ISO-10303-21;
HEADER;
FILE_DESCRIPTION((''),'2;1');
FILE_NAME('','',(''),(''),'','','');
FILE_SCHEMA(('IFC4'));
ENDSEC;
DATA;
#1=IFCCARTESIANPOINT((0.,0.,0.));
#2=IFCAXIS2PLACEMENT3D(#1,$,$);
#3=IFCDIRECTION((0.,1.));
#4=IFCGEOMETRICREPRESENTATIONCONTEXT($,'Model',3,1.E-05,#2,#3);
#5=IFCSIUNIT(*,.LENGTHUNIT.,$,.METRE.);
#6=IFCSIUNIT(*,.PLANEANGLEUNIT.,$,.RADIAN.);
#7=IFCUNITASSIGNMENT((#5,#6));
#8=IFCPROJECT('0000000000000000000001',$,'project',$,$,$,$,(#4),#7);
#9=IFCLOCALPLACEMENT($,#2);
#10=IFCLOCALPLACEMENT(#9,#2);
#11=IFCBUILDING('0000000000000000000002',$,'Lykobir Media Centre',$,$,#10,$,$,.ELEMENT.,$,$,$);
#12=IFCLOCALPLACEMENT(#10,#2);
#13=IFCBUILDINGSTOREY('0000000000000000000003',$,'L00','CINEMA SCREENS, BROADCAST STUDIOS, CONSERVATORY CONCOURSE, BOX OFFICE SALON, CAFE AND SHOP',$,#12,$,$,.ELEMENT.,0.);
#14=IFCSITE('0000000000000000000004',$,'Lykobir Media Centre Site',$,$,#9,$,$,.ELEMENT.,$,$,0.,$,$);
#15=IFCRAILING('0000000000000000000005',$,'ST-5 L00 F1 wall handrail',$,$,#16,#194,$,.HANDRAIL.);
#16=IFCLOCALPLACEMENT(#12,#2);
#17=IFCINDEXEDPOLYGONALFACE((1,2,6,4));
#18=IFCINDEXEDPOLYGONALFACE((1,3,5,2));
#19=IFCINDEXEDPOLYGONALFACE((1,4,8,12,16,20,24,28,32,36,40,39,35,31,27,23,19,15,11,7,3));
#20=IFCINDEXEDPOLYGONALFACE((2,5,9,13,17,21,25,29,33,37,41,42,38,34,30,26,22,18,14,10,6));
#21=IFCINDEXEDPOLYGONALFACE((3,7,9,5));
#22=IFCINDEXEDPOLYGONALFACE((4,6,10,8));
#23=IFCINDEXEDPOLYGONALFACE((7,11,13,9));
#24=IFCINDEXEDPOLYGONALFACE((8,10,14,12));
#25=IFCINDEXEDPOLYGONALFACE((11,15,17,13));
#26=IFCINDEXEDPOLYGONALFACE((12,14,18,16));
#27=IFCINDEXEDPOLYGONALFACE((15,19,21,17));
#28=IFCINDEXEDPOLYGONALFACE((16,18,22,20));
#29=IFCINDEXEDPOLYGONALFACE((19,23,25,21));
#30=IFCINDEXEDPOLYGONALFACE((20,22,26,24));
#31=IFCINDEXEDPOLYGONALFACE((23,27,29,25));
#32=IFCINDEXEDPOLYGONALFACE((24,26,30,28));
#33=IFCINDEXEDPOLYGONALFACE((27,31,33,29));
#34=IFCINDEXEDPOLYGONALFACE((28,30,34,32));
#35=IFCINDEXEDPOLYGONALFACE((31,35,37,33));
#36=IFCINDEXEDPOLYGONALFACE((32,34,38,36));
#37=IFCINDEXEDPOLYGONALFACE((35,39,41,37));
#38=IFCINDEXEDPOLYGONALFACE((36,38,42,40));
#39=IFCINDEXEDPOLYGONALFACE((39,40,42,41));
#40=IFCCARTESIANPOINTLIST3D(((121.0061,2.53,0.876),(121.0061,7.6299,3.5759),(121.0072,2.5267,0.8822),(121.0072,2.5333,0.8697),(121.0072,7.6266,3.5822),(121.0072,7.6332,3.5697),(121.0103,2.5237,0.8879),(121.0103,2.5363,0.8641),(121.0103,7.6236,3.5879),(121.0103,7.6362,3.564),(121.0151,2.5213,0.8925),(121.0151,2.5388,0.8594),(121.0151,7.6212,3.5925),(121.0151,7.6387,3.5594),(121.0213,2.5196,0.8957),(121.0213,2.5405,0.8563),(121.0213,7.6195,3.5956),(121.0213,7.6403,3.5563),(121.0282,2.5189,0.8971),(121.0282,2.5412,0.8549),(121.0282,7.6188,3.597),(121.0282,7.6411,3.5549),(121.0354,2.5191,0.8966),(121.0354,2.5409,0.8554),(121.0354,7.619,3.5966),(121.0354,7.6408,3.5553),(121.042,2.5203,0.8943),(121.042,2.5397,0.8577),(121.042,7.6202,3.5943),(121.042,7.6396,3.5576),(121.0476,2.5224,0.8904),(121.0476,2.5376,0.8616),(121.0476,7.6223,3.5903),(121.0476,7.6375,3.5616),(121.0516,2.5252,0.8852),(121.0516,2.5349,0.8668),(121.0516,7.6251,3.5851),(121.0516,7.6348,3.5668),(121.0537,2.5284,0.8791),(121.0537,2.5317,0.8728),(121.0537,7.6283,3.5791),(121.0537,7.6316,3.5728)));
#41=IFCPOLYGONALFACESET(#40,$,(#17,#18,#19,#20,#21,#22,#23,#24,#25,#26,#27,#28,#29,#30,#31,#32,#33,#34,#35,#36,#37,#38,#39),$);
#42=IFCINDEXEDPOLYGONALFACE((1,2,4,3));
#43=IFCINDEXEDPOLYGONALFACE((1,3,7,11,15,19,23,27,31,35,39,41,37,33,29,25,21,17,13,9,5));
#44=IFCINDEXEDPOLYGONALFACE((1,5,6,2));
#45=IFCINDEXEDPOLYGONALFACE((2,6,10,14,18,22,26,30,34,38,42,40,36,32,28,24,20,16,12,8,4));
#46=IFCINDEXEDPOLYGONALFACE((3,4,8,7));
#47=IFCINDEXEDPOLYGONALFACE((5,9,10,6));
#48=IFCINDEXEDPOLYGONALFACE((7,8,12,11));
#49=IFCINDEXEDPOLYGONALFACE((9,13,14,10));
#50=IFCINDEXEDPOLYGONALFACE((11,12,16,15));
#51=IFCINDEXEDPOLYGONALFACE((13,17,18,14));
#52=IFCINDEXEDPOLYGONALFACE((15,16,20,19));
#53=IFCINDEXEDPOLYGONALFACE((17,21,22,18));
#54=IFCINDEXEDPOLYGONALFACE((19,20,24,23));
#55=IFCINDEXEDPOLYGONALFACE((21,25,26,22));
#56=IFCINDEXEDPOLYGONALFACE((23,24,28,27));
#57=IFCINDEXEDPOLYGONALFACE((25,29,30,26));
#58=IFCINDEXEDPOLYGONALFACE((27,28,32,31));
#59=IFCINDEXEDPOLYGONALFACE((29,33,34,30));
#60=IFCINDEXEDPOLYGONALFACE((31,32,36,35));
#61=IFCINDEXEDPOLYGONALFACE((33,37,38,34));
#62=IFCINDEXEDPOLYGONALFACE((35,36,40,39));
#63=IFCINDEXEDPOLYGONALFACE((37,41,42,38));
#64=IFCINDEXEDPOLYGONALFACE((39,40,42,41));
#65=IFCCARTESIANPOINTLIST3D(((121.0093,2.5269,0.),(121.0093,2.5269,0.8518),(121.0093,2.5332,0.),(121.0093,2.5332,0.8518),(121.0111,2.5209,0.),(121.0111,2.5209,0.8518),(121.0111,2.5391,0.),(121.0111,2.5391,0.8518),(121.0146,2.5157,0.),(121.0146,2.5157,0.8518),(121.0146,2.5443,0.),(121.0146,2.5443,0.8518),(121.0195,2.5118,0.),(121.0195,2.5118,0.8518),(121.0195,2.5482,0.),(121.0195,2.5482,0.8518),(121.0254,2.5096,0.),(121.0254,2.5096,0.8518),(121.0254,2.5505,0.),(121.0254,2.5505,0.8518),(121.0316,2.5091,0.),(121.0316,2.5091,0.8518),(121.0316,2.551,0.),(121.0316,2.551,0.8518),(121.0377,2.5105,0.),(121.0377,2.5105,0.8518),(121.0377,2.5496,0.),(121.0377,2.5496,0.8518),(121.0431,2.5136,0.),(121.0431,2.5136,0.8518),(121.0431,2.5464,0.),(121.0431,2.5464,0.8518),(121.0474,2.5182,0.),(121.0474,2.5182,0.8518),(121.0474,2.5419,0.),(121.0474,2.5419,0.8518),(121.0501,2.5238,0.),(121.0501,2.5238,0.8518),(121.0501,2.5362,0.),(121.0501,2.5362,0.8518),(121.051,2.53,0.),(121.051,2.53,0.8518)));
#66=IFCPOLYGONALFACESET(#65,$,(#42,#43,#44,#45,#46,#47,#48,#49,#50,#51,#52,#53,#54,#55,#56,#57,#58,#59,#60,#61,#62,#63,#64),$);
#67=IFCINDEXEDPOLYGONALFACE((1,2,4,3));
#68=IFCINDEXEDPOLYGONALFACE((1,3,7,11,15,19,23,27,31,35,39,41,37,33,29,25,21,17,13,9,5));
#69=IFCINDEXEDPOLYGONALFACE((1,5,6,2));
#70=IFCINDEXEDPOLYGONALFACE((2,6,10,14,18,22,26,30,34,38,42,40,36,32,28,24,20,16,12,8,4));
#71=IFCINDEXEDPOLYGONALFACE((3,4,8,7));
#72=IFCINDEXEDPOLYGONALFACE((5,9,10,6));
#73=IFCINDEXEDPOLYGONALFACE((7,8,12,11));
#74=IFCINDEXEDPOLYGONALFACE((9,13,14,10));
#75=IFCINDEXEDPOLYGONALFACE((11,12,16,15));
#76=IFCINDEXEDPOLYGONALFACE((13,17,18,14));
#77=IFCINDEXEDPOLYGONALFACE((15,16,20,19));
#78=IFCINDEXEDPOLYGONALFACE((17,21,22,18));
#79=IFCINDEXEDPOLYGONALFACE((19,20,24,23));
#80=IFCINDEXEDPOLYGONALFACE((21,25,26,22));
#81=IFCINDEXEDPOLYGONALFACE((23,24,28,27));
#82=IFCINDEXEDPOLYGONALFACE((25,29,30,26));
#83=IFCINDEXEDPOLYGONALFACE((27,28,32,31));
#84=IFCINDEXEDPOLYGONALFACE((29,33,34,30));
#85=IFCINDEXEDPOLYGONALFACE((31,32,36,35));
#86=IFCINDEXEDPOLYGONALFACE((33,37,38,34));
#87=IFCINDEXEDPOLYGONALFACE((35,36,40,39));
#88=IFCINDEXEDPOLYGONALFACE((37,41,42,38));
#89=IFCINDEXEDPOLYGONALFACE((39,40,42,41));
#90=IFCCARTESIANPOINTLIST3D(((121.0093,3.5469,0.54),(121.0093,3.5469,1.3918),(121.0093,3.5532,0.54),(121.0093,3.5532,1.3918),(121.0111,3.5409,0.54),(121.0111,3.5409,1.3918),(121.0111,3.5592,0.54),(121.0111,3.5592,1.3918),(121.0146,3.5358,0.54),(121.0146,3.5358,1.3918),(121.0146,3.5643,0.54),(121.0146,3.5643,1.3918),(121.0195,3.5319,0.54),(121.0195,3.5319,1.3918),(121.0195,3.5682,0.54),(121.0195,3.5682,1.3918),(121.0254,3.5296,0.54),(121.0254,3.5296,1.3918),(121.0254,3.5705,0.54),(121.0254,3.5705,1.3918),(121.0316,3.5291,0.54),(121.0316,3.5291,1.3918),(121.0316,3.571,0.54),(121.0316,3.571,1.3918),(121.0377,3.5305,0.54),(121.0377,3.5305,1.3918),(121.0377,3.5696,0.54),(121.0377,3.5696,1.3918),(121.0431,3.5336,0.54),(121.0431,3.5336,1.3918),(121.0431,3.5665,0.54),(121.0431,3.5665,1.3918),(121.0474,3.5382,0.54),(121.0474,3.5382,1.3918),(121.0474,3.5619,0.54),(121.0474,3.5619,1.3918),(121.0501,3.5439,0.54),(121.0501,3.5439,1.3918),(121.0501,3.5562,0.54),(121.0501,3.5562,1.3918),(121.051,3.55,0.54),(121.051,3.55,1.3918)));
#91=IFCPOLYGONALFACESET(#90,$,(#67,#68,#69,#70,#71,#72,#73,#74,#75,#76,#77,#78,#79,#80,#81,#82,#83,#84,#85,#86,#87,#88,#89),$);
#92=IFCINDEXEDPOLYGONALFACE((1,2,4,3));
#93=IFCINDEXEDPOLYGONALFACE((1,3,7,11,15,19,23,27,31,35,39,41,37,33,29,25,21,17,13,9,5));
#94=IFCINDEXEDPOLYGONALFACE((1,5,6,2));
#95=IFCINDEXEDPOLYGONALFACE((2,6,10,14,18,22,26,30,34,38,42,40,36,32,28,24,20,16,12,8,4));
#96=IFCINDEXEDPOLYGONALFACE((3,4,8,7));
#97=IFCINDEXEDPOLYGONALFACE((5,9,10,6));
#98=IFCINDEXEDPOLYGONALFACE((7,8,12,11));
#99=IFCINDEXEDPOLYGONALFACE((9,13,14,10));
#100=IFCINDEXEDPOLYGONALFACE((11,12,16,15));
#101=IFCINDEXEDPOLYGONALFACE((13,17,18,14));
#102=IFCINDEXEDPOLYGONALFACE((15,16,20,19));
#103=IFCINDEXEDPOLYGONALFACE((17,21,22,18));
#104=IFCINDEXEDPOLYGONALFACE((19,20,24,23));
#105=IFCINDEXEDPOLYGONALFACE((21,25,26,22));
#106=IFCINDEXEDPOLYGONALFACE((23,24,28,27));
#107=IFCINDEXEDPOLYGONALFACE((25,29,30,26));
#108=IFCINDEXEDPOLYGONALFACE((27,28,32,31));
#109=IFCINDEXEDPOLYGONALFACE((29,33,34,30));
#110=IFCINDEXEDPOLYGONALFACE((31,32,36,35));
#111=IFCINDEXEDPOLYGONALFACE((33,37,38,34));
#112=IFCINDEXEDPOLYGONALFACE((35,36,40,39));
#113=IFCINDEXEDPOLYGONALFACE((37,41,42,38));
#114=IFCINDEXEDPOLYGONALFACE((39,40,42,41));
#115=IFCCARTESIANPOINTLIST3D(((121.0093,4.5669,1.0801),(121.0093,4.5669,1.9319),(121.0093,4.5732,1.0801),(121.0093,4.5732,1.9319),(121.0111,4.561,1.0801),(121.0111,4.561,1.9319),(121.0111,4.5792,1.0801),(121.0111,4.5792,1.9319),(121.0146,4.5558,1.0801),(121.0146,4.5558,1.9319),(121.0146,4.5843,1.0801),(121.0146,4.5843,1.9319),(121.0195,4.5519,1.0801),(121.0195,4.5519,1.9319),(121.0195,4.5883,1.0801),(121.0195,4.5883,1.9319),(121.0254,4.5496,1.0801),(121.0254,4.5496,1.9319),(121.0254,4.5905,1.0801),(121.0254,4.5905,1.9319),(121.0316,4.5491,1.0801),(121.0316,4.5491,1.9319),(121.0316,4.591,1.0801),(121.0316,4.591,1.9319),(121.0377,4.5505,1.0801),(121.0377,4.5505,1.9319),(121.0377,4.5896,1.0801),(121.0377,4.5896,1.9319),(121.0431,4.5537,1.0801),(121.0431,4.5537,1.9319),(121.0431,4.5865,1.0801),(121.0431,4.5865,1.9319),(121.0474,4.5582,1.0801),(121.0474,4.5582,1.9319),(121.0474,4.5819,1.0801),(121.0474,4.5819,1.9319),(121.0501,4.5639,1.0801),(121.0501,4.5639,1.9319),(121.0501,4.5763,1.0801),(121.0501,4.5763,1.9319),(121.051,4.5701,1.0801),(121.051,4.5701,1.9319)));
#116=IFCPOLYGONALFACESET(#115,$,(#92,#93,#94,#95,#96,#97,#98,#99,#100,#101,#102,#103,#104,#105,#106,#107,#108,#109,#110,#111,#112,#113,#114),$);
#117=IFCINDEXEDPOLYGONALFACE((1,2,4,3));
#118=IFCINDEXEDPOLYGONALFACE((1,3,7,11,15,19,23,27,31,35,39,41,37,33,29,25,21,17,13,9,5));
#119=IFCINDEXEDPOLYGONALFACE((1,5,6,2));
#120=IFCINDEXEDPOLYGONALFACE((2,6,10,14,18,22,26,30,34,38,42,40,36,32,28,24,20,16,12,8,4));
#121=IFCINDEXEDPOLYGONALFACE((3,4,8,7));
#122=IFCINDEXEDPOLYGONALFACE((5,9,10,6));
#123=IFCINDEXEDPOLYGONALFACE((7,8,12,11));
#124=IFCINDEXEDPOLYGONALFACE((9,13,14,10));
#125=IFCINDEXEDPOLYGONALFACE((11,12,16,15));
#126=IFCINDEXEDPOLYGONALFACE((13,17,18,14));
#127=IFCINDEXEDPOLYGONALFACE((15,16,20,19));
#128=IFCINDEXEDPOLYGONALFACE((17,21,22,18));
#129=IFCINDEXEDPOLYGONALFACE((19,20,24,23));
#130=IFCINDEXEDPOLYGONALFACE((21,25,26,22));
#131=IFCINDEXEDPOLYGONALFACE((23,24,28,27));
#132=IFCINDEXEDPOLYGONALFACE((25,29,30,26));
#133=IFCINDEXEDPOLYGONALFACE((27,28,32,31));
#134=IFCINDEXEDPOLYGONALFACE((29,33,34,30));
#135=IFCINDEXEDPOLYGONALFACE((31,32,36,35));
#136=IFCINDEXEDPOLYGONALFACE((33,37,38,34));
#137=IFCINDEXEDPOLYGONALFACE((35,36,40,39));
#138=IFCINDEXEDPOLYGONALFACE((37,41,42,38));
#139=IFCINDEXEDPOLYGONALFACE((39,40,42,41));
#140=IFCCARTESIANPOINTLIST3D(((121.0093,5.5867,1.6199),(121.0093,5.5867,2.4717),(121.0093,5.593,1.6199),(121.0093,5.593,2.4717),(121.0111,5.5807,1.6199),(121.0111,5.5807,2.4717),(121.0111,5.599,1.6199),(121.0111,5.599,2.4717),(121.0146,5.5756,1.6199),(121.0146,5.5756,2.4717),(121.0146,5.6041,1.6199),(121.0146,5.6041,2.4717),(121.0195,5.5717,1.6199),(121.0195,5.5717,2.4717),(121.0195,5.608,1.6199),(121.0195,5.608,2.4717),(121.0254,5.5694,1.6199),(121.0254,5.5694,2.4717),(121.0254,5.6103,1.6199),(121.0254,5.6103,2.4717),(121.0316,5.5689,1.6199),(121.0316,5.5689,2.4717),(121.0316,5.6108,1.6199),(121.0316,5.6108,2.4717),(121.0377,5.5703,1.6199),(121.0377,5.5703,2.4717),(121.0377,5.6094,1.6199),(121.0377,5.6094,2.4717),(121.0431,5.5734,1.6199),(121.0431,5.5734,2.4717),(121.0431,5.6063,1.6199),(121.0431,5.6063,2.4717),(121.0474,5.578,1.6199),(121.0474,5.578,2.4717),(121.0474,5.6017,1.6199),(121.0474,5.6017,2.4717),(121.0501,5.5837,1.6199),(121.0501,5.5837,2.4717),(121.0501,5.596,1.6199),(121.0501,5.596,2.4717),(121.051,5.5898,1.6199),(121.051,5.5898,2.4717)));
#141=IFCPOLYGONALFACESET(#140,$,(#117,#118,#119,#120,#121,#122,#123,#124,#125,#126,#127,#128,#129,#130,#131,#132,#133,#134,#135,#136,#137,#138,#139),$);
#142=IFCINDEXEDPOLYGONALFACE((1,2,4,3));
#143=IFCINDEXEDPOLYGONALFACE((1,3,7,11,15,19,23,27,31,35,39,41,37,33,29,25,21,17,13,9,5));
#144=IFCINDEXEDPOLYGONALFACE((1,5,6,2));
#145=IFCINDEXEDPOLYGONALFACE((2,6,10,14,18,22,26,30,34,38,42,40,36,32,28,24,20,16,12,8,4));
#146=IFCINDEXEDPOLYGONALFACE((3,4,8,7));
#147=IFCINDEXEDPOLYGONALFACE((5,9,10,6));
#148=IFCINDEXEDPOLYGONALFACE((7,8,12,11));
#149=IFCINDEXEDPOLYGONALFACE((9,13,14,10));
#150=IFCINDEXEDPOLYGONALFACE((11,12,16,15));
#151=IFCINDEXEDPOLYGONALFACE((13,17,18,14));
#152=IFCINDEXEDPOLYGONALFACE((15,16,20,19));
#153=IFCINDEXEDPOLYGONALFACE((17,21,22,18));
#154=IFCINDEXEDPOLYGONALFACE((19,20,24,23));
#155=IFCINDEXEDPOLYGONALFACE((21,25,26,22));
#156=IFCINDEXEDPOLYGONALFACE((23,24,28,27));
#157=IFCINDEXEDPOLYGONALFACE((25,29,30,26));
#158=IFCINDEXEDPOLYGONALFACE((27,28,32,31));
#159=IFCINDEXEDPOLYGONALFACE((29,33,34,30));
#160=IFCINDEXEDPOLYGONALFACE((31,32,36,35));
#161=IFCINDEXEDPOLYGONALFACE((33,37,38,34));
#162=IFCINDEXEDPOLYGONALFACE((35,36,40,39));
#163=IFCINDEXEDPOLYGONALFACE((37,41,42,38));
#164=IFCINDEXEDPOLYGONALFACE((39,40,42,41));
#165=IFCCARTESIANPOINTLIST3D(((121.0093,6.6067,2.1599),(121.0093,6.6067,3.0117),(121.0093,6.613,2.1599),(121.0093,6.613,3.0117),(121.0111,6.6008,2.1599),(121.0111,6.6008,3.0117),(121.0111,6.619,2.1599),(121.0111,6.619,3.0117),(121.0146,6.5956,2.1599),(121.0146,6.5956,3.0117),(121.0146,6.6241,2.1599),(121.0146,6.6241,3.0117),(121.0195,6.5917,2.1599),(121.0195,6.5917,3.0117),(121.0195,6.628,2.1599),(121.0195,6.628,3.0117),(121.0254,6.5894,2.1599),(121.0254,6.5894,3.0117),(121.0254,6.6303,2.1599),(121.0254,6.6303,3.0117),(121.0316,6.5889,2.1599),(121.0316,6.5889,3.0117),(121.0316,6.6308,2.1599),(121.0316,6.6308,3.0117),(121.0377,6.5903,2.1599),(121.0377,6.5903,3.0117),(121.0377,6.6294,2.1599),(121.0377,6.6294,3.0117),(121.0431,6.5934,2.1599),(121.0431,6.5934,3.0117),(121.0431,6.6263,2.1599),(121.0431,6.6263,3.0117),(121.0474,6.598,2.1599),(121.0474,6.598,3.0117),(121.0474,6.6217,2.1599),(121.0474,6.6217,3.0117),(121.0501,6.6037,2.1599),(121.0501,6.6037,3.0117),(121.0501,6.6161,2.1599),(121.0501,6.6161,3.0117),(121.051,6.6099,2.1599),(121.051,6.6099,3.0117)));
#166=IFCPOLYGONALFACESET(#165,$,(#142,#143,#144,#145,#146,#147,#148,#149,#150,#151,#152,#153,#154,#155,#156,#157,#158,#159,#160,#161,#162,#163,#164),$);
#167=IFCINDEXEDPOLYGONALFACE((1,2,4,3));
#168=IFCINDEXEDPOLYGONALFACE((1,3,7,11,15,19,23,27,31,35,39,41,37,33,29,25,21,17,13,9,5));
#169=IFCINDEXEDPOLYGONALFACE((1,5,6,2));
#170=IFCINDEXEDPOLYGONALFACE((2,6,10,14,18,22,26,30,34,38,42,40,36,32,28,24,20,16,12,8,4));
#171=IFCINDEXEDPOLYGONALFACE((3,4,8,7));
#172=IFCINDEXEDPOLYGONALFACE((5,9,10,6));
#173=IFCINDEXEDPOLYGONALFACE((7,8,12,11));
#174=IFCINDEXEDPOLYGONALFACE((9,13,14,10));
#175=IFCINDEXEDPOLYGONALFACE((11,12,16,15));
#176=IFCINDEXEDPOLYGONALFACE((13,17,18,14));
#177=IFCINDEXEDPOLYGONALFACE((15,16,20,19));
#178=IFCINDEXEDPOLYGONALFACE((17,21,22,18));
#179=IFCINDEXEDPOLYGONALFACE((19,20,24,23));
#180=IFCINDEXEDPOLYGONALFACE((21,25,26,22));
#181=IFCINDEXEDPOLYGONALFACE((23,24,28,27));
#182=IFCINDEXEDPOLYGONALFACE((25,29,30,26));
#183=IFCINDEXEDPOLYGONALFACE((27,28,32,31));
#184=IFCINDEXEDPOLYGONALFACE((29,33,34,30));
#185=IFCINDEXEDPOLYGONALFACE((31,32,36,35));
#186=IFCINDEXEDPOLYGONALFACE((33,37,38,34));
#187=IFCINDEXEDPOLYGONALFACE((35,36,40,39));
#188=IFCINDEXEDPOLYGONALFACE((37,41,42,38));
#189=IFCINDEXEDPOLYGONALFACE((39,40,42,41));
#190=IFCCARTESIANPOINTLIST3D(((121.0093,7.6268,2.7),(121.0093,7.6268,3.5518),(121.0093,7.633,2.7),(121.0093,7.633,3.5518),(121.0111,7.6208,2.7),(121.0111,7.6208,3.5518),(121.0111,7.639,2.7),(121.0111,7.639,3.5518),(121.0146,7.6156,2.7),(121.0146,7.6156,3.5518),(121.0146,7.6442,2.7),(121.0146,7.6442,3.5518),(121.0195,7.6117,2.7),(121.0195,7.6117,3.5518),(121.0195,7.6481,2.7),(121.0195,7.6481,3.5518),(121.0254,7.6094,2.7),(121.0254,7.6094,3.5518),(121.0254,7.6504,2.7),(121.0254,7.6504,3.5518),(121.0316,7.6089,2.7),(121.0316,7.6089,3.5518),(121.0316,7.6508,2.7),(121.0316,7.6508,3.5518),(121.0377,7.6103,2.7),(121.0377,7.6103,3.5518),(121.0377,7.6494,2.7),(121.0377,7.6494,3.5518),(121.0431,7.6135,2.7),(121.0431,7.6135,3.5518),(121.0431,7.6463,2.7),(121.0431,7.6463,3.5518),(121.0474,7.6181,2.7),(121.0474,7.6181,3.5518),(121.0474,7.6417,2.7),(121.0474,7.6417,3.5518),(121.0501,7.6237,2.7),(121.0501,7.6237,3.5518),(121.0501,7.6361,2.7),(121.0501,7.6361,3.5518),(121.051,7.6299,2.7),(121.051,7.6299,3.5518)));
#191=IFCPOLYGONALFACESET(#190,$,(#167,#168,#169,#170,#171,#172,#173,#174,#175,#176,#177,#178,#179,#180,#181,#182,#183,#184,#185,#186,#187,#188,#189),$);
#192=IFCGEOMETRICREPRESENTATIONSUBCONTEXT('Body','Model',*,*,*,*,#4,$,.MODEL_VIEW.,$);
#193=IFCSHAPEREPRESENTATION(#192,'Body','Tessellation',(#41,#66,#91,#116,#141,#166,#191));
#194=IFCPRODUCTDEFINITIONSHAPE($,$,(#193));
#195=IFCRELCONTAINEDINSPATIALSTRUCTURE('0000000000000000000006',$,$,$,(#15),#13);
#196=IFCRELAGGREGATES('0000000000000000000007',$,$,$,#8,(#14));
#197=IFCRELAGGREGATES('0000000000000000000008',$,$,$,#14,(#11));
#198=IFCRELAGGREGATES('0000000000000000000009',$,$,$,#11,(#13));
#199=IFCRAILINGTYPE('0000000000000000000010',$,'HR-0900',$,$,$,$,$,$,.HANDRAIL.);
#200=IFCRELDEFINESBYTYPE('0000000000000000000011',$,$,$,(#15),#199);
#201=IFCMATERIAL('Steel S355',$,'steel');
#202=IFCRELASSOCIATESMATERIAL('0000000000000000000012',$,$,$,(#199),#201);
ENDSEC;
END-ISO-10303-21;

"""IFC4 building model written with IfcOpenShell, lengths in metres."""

from ifc_helpers import new_model, si_unit, direction, frame, origin, origin_2d, place, context, subcontext, project, spatial, circle, extrude, material, type_object, element, save


model = new_model("IFC4")

# Units and contexts
model_context = context("Model", 3, precision=1e-05, world=origin(), true_north=direction((0.0, 1.0)))
body_context = subcontext(model_context, "Body", "Model", "MODEL_VIEW")
ifc_project = project(units=[si_unit("LENGTHUNIT", "METRE"), si_unit("PLANEANGLEUNIT", "RADIAN")], contexts=[model_context])

# Site, building, storey
site_placement = place(None, origin())
site = spatial("IfcSite", under=ifc_project, at=site_placement, Name="Lykobir Media Centre Site", CompositionType="ELEMENT", RefElevation=0.0)
building_placement = place(site_placement, origin())
building = spatial("IfcBuilding", under=site, at=building_placement, Name="Lykobir Media Centre", CompositionType="ELEMENT")
storey_placement = place(building_placement, origin())
storey = spatial("IfcBuildingStorey", under=building, at=storey_placement, Name="L00", Description="CINEMA SCREENS, BROADCAST STUDIOS, CONSERVATORY CONCOURSE, BOX OFFICE SALON, CAFE AND SHOP", CompositionType="ELEMENT", Elevation=0.0)

# Shared definitions
ifc_material_1 = material(Name="Steel S355", Category="steel")

# Railing
railing_type_1 = type_object("IfcRailingType", Name="HR-0900", PredefinedType="HANDRAIL", material=ifc_material_1)
railing_1_placement = place(storey_placement, frame((121.03, 2.53, 0.0)))
element("IfcRailing", 1, at=railing_1_placement, inside=storey, type_object=railing_type_1, Name="ST-5 L00 F1 wall handrail", PredefinedType="HANDRAIL", context=body_context, shape_type="SweptSolid", body=[
    extrude(circle(Radius=0.0239, at=origin_2d()), frame((0.0, 0.0, 0.876), z_axis=(0.0, 0.883786, 0.467892), x_axis=(-1.0, 0.0, 0.0)), (0.0, 0.0, 1.0), 5.7705),
    extrude(circle(Radius=0.021, at=origin_2d()), origin(), (0.0, 0.0, 1.0), 0.8518),
    extrude(circle(Radius=0.021, at=origin_2d()), frame((0.0, 1.02, 0.54)), (0.0, 0.0, 1.0), 0.8518),
    extrude(circle(Radius=0.021, at=origin_2d()), frame((0.0, 2.04, 1.0801)), (0.0, 0.0, 1.0), 0.8518),
    extrude(circle(Radius=0.021, at=origin_2d()), frame((0.0, 3.0598, 1.6199)), (0.0, 0.0, 1.0), 0.8518),
    extrude(circle(Radius=0.021, at=origin_2d()), frame((0.0, 4.0798, 2.1599)), (0.0, 0.0, 1.0), 0.8518),
    extrude(circle(Radius=0.021, at=origin_2d()), frame((0.0, 5.0999, 2.7)), (0.0, 0.0, 1.0), 0.8518),
])

save(model, "model.ifc")
